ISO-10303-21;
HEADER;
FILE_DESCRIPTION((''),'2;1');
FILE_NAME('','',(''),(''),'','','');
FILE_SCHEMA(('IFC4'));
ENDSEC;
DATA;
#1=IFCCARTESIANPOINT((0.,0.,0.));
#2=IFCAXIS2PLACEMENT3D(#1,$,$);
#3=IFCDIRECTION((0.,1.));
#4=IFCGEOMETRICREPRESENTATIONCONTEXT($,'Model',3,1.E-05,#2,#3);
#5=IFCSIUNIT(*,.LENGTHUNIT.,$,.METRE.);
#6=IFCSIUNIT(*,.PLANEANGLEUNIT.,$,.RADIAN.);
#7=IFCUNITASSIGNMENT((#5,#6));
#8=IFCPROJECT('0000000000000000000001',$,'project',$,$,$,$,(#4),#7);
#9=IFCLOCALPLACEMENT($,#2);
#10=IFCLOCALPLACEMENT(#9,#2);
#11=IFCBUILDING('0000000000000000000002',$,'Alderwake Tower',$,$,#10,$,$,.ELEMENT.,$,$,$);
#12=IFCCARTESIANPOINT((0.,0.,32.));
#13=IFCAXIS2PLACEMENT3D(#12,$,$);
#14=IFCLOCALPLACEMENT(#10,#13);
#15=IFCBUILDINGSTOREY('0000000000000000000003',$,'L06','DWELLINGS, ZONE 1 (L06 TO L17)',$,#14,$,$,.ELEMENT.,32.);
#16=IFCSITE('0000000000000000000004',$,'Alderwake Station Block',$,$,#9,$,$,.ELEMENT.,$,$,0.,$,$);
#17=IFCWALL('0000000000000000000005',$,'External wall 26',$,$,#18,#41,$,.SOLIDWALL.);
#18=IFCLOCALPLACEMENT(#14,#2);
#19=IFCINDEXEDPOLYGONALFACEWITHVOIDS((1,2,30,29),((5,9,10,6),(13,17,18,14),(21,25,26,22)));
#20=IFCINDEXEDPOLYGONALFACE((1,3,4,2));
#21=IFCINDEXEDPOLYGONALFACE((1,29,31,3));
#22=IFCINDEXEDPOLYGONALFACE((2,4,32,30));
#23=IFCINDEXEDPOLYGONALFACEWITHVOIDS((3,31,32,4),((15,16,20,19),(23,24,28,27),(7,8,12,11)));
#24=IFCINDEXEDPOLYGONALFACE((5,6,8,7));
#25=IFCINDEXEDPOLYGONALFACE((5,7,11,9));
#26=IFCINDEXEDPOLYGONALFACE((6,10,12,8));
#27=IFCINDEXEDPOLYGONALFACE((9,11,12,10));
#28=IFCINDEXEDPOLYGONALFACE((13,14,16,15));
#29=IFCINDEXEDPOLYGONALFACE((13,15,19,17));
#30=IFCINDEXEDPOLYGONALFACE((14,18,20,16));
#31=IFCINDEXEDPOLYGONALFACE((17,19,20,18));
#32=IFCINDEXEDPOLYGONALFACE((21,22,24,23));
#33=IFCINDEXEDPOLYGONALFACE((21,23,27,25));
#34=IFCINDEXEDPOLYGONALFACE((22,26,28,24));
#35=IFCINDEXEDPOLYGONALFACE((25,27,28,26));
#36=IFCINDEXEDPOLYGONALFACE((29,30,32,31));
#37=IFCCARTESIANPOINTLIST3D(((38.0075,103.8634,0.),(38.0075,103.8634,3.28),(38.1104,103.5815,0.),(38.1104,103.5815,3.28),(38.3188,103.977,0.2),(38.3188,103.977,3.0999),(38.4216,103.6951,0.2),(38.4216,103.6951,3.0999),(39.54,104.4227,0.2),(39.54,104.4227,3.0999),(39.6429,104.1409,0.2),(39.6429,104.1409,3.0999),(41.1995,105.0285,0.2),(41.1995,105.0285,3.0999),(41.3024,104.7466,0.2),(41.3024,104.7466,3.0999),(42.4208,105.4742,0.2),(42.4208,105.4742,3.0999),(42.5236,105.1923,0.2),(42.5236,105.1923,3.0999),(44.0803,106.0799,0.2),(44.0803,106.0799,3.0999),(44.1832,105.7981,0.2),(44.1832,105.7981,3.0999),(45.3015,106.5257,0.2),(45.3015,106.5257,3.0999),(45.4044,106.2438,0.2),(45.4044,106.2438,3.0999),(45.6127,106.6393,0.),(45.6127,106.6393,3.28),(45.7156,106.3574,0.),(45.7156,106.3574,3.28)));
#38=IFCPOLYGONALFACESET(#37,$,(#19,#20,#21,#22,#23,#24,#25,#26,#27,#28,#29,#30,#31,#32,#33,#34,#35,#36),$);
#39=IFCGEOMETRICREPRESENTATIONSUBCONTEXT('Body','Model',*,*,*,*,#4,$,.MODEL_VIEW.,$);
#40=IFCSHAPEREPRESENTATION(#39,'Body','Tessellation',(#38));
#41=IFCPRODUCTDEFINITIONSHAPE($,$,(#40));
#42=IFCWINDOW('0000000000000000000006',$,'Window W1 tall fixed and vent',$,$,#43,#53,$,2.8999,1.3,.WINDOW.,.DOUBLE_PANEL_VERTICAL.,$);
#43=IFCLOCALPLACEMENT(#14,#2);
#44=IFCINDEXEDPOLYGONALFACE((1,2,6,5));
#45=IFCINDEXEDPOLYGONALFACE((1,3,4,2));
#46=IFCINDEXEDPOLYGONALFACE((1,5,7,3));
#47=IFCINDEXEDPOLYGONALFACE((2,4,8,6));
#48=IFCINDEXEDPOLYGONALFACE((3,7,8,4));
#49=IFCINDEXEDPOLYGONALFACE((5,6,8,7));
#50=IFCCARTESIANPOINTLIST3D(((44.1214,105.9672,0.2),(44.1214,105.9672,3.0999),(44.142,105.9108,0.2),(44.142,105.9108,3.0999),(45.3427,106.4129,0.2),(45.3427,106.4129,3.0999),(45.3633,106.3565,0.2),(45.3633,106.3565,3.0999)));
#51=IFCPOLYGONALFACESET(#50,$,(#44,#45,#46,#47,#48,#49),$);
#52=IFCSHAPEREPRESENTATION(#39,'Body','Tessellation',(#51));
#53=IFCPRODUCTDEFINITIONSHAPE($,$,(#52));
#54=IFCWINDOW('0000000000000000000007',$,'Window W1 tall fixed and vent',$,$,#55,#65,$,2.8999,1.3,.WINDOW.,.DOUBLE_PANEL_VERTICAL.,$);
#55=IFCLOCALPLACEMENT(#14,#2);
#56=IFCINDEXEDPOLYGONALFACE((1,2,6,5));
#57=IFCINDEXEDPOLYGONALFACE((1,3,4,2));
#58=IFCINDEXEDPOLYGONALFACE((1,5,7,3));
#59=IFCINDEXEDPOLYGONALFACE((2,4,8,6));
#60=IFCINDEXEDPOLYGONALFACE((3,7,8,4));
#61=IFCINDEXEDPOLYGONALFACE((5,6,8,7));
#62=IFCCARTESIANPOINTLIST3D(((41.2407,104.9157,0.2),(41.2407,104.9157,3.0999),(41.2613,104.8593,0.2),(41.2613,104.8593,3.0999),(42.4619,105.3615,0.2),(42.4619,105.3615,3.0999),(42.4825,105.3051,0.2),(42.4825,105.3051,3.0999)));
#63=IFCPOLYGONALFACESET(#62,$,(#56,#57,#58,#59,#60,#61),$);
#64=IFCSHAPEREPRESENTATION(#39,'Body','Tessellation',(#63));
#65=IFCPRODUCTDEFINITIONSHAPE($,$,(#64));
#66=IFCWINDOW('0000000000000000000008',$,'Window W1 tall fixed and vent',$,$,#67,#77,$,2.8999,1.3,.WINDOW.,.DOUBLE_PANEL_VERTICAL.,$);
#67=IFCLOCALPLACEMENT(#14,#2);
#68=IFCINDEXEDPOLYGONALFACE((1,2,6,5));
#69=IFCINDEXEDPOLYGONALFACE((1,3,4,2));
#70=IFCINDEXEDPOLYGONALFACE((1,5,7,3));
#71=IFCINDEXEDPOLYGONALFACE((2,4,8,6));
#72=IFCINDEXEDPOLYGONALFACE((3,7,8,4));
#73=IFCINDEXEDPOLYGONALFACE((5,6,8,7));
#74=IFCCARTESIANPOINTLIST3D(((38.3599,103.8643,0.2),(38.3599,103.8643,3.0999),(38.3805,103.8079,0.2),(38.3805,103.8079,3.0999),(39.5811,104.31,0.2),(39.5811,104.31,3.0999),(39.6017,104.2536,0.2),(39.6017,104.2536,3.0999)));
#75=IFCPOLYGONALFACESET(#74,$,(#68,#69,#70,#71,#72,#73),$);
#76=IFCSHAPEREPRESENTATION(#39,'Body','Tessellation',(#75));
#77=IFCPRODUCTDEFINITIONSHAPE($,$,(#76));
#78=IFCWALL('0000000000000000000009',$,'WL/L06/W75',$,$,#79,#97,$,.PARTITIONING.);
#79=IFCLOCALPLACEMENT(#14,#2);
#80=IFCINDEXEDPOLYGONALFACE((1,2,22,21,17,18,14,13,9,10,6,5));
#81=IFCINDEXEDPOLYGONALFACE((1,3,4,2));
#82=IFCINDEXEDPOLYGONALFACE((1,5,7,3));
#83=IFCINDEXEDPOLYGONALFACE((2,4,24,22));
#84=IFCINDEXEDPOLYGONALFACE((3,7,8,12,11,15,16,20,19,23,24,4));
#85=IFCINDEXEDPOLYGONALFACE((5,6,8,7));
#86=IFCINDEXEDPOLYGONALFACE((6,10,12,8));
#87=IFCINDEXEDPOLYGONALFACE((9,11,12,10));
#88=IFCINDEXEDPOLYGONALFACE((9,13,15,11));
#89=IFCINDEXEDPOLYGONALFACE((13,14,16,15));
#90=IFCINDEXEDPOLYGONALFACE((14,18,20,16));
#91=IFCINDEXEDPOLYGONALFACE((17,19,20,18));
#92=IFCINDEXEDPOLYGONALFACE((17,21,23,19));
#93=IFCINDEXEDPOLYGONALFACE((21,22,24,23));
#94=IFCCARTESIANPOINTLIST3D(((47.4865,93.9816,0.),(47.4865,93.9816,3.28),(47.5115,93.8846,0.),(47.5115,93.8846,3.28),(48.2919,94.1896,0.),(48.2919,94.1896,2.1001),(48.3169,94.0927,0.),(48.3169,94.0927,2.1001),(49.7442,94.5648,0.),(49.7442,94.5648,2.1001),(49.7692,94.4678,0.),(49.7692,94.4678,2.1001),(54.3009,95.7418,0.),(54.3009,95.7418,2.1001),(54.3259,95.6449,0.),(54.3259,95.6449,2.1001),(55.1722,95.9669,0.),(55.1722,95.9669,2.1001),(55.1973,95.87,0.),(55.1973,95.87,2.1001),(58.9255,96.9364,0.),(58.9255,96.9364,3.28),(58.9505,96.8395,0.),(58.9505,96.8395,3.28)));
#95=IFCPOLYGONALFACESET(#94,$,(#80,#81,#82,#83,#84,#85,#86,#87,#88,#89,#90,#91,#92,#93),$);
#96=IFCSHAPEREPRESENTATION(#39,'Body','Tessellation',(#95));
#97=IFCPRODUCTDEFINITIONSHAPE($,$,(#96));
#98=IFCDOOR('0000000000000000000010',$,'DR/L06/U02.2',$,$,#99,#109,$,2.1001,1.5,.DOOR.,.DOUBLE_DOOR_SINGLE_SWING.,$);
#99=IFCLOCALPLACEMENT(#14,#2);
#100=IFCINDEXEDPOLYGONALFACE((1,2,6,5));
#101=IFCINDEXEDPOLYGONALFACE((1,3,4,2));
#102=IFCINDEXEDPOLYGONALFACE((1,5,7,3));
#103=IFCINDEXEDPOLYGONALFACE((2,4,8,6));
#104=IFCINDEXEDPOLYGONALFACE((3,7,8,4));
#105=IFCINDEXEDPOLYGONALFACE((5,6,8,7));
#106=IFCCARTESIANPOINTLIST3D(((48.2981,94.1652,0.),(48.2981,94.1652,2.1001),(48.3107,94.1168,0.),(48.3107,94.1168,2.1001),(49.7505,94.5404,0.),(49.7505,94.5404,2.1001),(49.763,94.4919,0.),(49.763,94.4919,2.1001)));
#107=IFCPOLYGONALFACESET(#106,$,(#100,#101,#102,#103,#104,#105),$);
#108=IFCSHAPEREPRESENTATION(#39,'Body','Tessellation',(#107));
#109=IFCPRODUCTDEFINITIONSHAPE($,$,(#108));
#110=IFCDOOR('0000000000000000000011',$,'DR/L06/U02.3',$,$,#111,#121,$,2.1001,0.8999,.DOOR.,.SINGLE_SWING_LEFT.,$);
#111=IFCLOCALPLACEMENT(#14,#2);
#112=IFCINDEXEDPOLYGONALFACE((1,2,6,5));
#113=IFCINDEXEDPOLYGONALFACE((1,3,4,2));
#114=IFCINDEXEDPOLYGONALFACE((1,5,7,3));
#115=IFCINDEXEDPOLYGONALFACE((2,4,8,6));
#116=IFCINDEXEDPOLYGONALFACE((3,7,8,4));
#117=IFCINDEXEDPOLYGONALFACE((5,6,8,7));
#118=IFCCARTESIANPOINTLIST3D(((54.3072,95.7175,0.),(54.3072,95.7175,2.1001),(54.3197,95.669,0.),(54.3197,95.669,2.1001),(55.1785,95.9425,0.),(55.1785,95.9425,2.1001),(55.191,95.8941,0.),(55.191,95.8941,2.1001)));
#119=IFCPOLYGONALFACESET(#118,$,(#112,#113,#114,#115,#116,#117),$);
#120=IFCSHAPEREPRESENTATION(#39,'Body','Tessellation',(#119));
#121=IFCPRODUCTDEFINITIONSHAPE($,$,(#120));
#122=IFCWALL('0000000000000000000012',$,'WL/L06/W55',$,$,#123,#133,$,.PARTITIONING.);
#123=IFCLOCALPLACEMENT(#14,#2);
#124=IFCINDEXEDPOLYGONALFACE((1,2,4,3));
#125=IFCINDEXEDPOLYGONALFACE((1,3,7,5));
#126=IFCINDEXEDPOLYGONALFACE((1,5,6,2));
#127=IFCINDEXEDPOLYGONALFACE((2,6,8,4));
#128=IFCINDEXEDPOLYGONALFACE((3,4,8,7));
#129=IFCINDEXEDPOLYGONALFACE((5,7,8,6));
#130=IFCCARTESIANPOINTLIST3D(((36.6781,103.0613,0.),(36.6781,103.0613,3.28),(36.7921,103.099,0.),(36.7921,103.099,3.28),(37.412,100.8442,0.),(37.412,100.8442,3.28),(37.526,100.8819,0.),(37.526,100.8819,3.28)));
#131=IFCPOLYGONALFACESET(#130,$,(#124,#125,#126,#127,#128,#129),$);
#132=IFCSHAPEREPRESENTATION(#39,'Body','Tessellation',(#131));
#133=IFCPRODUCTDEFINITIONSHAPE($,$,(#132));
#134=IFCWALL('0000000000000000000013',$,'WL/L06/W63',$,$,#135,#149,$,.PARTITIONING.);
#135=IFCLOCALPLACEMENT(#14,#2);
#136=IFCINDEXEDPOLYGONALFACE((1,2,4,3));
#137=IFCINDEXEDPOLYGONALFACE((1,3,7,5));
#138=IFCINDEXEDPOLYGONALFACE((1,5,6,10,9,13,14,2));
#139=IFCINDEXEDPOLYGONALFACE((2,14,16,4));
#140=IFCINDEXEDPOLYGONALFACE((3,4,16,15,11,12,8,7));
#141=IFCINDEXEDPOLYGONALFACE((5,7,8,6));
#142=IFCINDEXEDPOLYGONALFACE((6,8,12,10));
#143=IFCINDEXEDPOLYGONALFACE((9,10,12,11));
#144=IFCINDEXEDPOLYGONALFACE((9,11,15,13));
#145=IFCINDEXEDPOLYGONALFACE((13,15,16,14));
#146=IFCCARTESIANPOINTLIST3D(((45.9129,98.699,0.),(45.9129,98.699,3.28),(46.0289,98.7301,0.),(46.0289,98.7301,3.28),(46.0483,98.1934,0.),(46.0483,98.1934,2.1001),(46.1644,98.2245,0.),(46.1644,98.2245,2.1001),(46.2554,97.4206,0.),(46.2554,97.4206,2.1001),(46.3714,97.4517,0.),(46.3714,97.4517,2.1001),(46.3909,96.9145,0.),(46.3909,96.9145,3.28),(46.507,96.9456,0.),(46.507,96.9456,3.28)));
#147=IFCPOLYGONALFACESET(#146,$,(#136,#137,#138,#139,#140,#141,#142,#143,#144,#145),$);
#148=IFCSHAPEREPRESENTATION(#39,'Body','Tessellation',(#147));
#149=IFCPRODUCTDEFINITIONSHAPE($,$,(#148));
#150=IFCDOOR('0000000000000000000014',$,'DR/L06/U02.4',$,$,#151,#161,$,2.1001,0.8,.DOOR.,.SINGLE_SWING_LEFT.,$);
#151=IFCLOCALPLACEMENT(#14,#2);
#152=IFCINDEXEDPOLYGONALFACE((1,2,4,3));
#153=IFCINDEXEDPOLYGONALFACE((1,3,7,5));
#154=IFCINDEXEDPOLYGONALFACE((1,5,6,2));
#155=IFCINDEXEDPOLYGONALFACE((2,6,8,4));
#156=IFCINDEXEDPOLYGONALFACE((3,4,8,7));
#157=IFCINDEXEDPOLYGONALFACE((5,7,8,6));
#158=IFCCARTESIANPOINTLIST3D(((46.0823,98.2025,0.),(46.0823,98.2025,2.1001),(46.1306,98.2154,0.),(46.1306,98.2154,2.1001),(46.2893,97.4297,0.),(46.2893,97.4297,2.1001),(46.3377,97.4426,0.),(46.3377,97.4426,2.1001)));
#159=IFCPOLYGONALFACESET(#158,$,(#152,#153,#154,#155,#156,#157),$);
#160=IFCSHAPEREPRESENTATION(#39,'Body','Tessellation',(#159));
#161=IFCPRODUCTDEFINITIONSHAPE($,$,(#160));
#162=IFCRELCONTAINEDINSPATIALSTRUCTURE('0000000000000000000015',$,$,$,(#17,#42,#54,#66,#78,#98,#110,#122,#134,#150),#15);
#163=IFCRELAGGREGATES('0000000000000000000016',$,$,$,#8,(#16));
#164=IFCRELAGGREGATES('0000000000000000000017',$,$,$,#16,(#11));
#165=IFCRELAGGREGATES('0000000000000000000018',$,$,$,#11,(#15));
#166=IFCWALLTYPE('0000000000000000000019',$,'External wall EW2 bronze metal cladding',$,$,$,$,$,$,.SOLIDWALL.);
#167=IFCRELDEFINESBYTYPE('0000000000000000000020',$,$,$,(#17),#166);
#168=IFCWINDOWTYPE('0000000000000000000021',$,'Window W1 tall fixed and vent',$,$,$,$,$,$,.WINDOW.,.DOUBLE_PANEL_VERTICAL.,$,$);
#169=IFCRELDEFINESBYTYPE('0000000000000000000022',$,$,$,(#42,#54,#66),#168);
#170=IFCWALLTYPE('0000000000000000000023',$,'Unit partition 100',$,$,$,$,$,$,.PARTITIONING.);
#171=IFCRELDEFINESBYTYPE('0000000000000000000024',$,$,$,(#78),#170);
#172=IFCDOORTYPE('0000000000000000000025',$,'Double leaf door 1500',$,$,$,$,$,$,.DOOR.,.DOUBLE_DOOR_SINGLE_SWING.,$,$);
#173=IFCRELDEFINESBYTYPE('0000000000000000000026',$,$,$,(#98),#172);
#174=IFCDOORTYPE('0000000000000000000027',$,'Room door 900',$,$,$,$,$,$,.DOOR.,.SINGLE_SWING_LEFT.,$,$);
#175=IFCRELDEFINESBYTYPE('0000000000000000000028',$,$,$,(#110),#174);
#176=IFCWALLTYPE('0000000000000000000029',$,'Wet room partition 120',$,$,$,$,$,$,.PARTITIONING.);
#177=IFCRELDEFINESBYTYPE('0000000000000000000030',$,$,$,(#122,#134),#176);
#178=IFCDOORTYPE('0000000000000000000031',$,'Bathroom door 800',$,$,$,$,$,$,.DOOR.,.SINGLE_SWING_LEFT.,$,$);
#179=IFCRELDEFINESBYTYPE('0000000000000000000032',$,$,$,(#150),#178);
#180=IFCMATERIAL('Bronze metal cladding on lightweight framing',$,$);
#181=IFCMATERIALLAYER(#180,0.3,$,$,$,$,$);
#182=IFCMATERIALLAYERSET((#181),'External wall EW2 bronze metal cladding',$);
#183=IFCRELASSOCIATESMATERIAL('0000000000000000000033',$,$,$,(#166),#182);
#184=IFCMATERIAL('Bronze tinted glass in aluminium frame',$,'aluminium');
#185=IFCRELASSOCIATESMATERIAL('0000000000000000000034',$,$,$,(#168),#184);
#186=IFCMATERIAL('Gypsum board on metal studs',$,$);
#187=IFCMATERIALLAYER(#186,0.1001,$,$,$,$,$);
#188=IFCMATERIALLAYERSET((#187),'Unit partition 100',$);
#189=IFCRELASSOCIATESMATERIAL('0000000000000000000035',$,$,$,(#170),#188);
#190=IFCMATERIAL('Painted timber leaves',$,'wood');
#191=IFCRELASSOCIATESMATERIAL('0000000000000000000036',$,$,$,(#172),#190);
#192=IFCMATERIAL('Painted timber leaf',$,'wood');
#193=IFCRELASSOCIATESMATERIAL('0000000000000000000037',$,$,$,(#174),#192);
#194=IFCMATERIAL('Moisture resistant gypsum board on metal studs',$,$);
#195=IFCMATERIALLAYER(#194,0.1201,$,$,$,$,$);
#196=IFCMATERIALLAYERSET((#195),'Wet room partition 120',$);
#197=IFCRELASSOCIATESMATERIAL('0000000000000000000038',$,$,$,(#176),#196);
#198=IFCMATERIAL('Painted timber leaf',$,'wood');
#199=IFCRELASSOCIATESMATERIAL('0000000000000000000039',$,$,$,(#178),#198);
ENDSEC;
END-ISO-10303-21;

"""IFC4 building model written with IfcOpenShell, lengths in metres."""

from ifc_helpers import new_model, si_unit, direction, frame, frame_2d, origin, place, context, subcontext, project, spatial, rectangle, extrude, material, layer, layer_set, type_object, element, fill, save


model = new_model("IFC4")

# Units and contexts
model_context = context("Model", 3, precision=1e-05, world=origin(), true_north=direction((0.0, 1.0)))
body_context = subcontext(model_context, "Body", "Model", "MODEL_VIEW")
ifc_project = project(units=[si_unit("LENGTHUNIT", "METRE"), si_unit("PLANEANGLEUNIT", "RADIAN")], contexts=[model_context])

# Site, building, storey
site_placement = place(None, origin())
site = spatial("IfcSite", under=ifc_project, at=site_placement, Name="Alderwake Station Block", CompositionType="ELEMENT", RefElevation=0.0)
building_placement = place(site_placement, origin())
building = spatial("IfcBuilding", under=site, at=building_placement, Name="Alderwake Tower", CompositionType="ELEMENT")
storey_placement = place(building_placement, frame((0.0, 0.0, 32.0)))
storey = spatial("IfcBuildingStorey", under=building, at=storey_placement, Name="L06", Description="DWELLINGS, ZONE 1 (L06 TO L17)", CompositionType="ELEMENT", Elevation=32.0)

# Wall, openings, windows
ifc_material_1 = material(Name="Bronze metal cladding on lightweight framing")
ifc_layer_1 = layer(ifc_material_1, 0.3)
ifc_layer_set_1 = layer_set([ifc_layer_1], Name="External wall EW2 bronze metal cladding")
wall_type_1 = type_object("IfcWallType", Name="External wall EW2 bronze metal cladding", PredefinedType="SOLIDWALL", material=ifc_layer_set_1)
ifc_material_2 = material(Name="Bronze tinted glass in aluminium frame", Category="aluminium")
window_type = type_object("IfcWindowType", Name="Window W1 tall fixed and vent", PartitioningType="DOUBLE_PANEL_VERTICAL", PredefinedType="WINDOW", material=ifc_material_2)
wall_1_placement = place(storey_placement, frame((45.6641, 106.4983, 0.0), z_axis=(0.0, 0.0, 1.0), x_axis=(-0.939382, -0.342871, 0.0)))
wall_1 = element("IfcWall", 1, at=wall_1_placement, inside=storey, type_object=wall_type_1, Name="External wall 26", PredefinedType="SOLIDWALL", context=body_context, shape_type="SweptSolid", body=[
    extrude(rectangle(XDim=8.0959, YDim=0.3, at=frame_2d((4.0479, 0.0))), origin(), (0.0, 0.0, 1.0), 3.28),
])
opening_1_placement = place(wall_1_placement, frame((0.3313, 0.0, 0.2)))
opening_1 = element("IfcOpeningElement", 2, at=opening_1_placement, cuts=wall_1, PredefinedType="OPENING", context=body_context, shape_type="SweptSolid", body=[
    extrude(rectangle(XDim=1.3, YDim=2.8999, at=frame_2d((0.6499, 1.45))), frame((0.0, 0.1599, 0.0), z_axis=(0.0, -1.0, 0.0), x_axis=(1.0, 0.0, 0.0)), (0.0, 0.0, 1.0), 0.3201),
])
opening_2_placement = place(wall_1_placement, frame((3.3979, 0.0, 0.2)))
opening_2 = element("IfcOpeningElement", 3, at=opening_2_placement, cuts=wall_1, PredefinedType="OPENING", context=body_context, shape_type="SweptSolid", body=[
    extrude(rectangle(XDim=1.3, YDim=2.8999, at=frame_2d((0.6499, 1.45))), frame((0.0, 0.1599, 0.0), z_axis=(0.0, -1.0, 0.0), x_axis=(1.0, 0.0, 0.0)), (0.0, 0.0, 1.0), 0.3201),
])
opening_3_placement = place(wall_1_placement, frame((6.4646, 0.0, 0.2)))
opening_3 = element("IfcOpeningElement", 4, at=opening_3_placement, cuts=wall_1, PredefinedType="OPENING", context=body_context, shape_type="SweptSolid", body=[
    extrude(rectangle(XDim=1.3, YDim=2.8999, at=frame_2d((0.6499, 1.45))), frame((0.0, 0.1599, 0.0), z_axis=(0.0, -1.0, 0.0), x_axis=(1.0, 0.0, 0.0)), (0.0, 0.0, 1.0), 0.3201),
])
window_1_placement = place(opening_1_placement, origin())
window_1 = element("IfcWindow", 5, at=window_1_placement, inside=storey, type_object=window_type, Name="Window W1 tall fixed and vent", OverallHeight=2.8999, OverallWidth=1.3, PartitioningType="DOUBLE_PANEL_VERTICAL", PredefinedType="WINDOW", context=body_context, shape_type="SweptSolid", body=[
    extrude(rectangle(XDim=1.3, YDim=2.8999, at=frame_2d((0.6499, 1.45))), frame((0.0, 0.03, 0.0), z_axis=(0.0, -1.0, 0.0), x_axis=(1.0, 0.0, 0.0)), (0.0, 0.0, 1.0), 0.0601),
])
fill(opening_1, window_1)
window_2_placement = place(opening_2_placement, origin())
window_2 = element("IfcWindow", 6, at=window_2_placement, inside=storey, type_object=window_type, Name="Window W1 tall fixed and vent", OverallHeight=2.8999, OverallWidth=1.3, PartitioningType="DOUBLE_PANEL_VERTICAL", PredefinedType="WINDOW", context=body_context, shape_type="SweptSolid", body=[
    extrude(rectangle(XDim=1.3, YDim=2.8999, at=frame_2d((0.6499, 1.45))), frame((0.0, 0.03, 0.0), z_axis=(0.0, -1.0, 0.0), x_axis=(1.0, 0.0, 0.0)), (0.0, 0.0, 1.0), 0.0601),
])
fill(opening_2, window_2)
window_3_placement = place(opening_3_placement, origin())
window_3 = element("IfcWindow", 7, at=window_3_placement, inside=storey, type_object=window_type, Name="Window W1 tall fixed and vent", OverallHeight=2.8999, OverallWidth=1.3, PartitioningType="DOUBLE_PANEL_VERTICAL", PredefinedType="WINDOW", context=body_context, shape_type="SweptSolid", body=[
    extrude(rectangle(XDim=1.3, YDim=2.8999, at=frame_2d((0.6499, 1.45))), frame((0.0, 0.03, 0.0), z_axis=(0.0, -1.0, 0.0), x_axis=(1.0, 0.0, 0.0)), (0.0, 0.0, 1.0), 0.0601),
])
fill(opening_3, window_3)

# Wall, openings, doors
ifc_material_3 = material(Name="Gypsum board on metal studs")
ifc_layer_2 = layer(ifc_material_3, 0.1001)
ifc_layer_set_2 = layer_set([ifc_layer_2], Name="Unit partition 100")
wall_type_2 = type_object("IfcWallType", Name="Unit partition 100", PredefinedType="PARTITIONING", material=ifc_layer_set_2)
wall_2_placement = place(storey_placement, frame((47.499, 93.9331, 0.0), z_axis=(0.0, 0.0, 1.0), x_axis=(0.968219, 0.250104, 0.0)))
wall_2 = element("IfcWall", 8, at=wall_2_placement, inside=storey, type_object=wall_type_2, Name="WL/L06/W75", PredefinedType="PARTITIONING", context=body_context, shape_type="SweptSolid", body=[
    extrude(rectangle(XDim=11.8145, YDim=0.1001, at=frame_2d((5.9072, 0.0))), origin(), (0.0, 0.0, 1.0), 3.28),
])
opening_4_placement = place(wall_2_placement, frame((0.8318, 0.0, 0.0)))
opening_4 = element("IfcOpeningElement", 9, at=opening_4_placement, cuts=wall_2, PredefinedType="OPENING", context=body_context, shape_type="SweptSolid", body=[
    extrude(rectangle(XDim=1.5, YDim=2.1001, at=frame_2d((0.75, 1.05))), frame((0.0, 0.0601, 0.0), z_axis=(0.0, -1.0, 0.0), x_axis=(1.0, 0.0, 0.0)), (0.0, 0.0, 1.0), 0.1201),
])
opening_5_placement = place(wall_2_placement, frame((7.0381, 0.0, 0.0)))
opening_5 = element("IfcOpeningElement", 10, at=opening_5_placement, cuts=wall_2, PredefinedType="OPENING", context=body_context, shape_type="SweptSolid", body=[
    extrude(rectangle(XDim=0.8999, YDim=2.1001, at=frame_2d((0.45, 1.05))), frame((0.0, 0.0601, 0.0), z_axis=(0.0, -1.0, 0.0), x_axis=(1.0, 0.0, 0.0)), (0.0, 0.0, 1.0), 0.1201),
])
ifc_material_4 = material(Name="Painted timber leaves", Category="wood")
door_type_1 = type_object("IfcDoorType", Name="Double leaf door 1500", OperationType="DOUBLE_DOOR_SINGLE_SWING", PredefinedType="DOOR", material=ifc_material_4)
door_1_placement = place(opening_4_placement, origin())
door_1 = element("IfcDoor", 11, at=door_1_placement, inside=storey, type_object=door_type_1, Name="DR/L06/U02.2", OperationType="DOUBLE_DOOR_SINGLE_SWING", OverallHeight=2.1001, OverallWidth=1.5, PredefinedType="DOOR", context=body_context, shape_type="SweptSolid", body=[
    extrude(rectangle(XDim=1.5, YDim=2.1001, at=frame_2d((0.75, 1.05))), frame((0.0, 0.0249, 0.0), z_axis=(0.0, -1.0, 0.0), x_axis=(1.0, 0.0, 0.0)), (0.0, 0.0, 1.0), 0.05),
])
fill(opening_4, door_1)
ifc_material_5 = material(Name="Painted timber leaf", Category="wood")
door_type_2 = type_object("IfcDoorType", Name="Room door 900", OperationType="SINGLE_SWING_LEFT", PredefinedType="DOOR", material=ifc_material_5)
door_2_placement = place(opening_5_placement, origin())
door_2 = element("IfcDoor", 12, at=door_2_placement, inside=storey, type_object=door_type_2, Name="DR/L06/U02.3", OperationType="SINGLE_SWING_LEFT", OverallHeight=2.1001, OverallWidth=0.8999, PredefinedType="DOOR", context=body_context, shape_type="SweptSolid", body=[
    extrude(rectangle(XDim=0.8999, YDim=2.1001, at=frame_2d((0.45, 1.05))), frame((0.0, 0.0249, 0.0), z_axis=(0.0, -1.0, 0.0), x_axis=(1.0, 0.0, 0.0)), (0.0, 0.0, 1.0), 0.05),
])
fill(opening_5, door_2)

# Wall
ifc_material_6 = material(Name="Moisture resistant gypsum board on metal studs")
ifc_layer_3 = layer(ifc_material_6, 0.1201)
ifc_layer_set_3 = layer_set([ifc_layer_3], Name="Wet room partition 120")
wall_type_3 = type_object("IfcWallType", Name="Wet room partition 120", PredefinedType="PARTITIONING", material=ifc_layer_set_3)
wall_3_placement = place(storey_placement, frame((37.469, 100.863, 0.0), z_axis=(0.0, 0.0, 1.0), x_axis=(-0.314251, 0.94934, 0.0)))
element("IfcWall", 13, at=wall_3_placement, inside=storey, type_object=wall_type_3, Name="WL/L06/W55", PredefinedType="PARTITIONING", context=body_context, shape_type="SweptSolid", body=[
    extrude(rectangle(XDim=2.3354, YDim=0.1201, at=frame_2d((1.1677, 0.0))), origin(), (0.0, 0.0, 1.0), 3.28),
])

# Wall, opening, door
wall_4_placement = place(storey_placement, frame((46.449, 96.9299, 0.0), z_axis=(0.0, 0.0, 1.0), x_axis=(-0.258765, 0.96594, 0.0)))
wall_4 = element("IfcWall", 14, at=wall_4_placement, inside=storey, type_object=wall_type_3, Name="WL/L06/W63", PredefinedType="PARTITIONING", context=body_context, shape_type="SweptSolid", body=[
    extrude(rectangle(XDim=1.8474, YDim=0.1201, at=frame_2d((0.9238, 0.0))), origin(), (0.0, 0.0, 1.0), 3.28),
])
opening_6_placement = place(wall_4_placement, frame((0.5242, 0.0, 0.0)))
opening_6 = element("IfcOpeningElement", 15, at=opening_6_placement, cuts=wall_4, PredefinedType="OPENING", context=body_context, shape_type="SweptSolid", body=[
    extrude(rectangle(XDim=0.8, YDim=2.1001, at=frame_2d((0.3999, 1.05))), frame((0.0, 0.0701, 0.0), z_axis=(0.0, -1.0, 0.0), x_axis=(1.0, 0.0, 0.0)), (0.0, 0.0, 1.0), 0.1401),
])
ifc_material_7 = material(Name="Painted timber leaf", Category="wood")
door_type_3 = type_object("IfcDoorType", Name="Bathroom door 800", OperationType="SINGLE_SWING_LEFT", PredefinedType="DOOR", material=ifc_material_7)
door_3_placement = place(opening_6_placement, origin())
door_3 = element("IfcDoor", 16, at=door_3_placement, inside=storey, type_object=door_type_3, Name="DR/L06/U02.4", OperationType="SINGLE_SWING_LEFT", OverallHeight=2.1001, OverallWidth=0.8, PredefinedType="DOOR", context=body_context, shape_type="SweptSolid", body=[
    extrude(rectangle(XDim=0.8, YDim=2.1001, at=frame_2d((0.3999, 1.05))), frame((0.0, 0.0249, 0.0), z_axis=(0.0, -1.0, 0.0), x_axis=(1.0, 0.0, 0.0)), (0.0, 0.0, 1.0), 0.05),
])
fill(opening_6, door_3)

save(model, "model.ifc")
